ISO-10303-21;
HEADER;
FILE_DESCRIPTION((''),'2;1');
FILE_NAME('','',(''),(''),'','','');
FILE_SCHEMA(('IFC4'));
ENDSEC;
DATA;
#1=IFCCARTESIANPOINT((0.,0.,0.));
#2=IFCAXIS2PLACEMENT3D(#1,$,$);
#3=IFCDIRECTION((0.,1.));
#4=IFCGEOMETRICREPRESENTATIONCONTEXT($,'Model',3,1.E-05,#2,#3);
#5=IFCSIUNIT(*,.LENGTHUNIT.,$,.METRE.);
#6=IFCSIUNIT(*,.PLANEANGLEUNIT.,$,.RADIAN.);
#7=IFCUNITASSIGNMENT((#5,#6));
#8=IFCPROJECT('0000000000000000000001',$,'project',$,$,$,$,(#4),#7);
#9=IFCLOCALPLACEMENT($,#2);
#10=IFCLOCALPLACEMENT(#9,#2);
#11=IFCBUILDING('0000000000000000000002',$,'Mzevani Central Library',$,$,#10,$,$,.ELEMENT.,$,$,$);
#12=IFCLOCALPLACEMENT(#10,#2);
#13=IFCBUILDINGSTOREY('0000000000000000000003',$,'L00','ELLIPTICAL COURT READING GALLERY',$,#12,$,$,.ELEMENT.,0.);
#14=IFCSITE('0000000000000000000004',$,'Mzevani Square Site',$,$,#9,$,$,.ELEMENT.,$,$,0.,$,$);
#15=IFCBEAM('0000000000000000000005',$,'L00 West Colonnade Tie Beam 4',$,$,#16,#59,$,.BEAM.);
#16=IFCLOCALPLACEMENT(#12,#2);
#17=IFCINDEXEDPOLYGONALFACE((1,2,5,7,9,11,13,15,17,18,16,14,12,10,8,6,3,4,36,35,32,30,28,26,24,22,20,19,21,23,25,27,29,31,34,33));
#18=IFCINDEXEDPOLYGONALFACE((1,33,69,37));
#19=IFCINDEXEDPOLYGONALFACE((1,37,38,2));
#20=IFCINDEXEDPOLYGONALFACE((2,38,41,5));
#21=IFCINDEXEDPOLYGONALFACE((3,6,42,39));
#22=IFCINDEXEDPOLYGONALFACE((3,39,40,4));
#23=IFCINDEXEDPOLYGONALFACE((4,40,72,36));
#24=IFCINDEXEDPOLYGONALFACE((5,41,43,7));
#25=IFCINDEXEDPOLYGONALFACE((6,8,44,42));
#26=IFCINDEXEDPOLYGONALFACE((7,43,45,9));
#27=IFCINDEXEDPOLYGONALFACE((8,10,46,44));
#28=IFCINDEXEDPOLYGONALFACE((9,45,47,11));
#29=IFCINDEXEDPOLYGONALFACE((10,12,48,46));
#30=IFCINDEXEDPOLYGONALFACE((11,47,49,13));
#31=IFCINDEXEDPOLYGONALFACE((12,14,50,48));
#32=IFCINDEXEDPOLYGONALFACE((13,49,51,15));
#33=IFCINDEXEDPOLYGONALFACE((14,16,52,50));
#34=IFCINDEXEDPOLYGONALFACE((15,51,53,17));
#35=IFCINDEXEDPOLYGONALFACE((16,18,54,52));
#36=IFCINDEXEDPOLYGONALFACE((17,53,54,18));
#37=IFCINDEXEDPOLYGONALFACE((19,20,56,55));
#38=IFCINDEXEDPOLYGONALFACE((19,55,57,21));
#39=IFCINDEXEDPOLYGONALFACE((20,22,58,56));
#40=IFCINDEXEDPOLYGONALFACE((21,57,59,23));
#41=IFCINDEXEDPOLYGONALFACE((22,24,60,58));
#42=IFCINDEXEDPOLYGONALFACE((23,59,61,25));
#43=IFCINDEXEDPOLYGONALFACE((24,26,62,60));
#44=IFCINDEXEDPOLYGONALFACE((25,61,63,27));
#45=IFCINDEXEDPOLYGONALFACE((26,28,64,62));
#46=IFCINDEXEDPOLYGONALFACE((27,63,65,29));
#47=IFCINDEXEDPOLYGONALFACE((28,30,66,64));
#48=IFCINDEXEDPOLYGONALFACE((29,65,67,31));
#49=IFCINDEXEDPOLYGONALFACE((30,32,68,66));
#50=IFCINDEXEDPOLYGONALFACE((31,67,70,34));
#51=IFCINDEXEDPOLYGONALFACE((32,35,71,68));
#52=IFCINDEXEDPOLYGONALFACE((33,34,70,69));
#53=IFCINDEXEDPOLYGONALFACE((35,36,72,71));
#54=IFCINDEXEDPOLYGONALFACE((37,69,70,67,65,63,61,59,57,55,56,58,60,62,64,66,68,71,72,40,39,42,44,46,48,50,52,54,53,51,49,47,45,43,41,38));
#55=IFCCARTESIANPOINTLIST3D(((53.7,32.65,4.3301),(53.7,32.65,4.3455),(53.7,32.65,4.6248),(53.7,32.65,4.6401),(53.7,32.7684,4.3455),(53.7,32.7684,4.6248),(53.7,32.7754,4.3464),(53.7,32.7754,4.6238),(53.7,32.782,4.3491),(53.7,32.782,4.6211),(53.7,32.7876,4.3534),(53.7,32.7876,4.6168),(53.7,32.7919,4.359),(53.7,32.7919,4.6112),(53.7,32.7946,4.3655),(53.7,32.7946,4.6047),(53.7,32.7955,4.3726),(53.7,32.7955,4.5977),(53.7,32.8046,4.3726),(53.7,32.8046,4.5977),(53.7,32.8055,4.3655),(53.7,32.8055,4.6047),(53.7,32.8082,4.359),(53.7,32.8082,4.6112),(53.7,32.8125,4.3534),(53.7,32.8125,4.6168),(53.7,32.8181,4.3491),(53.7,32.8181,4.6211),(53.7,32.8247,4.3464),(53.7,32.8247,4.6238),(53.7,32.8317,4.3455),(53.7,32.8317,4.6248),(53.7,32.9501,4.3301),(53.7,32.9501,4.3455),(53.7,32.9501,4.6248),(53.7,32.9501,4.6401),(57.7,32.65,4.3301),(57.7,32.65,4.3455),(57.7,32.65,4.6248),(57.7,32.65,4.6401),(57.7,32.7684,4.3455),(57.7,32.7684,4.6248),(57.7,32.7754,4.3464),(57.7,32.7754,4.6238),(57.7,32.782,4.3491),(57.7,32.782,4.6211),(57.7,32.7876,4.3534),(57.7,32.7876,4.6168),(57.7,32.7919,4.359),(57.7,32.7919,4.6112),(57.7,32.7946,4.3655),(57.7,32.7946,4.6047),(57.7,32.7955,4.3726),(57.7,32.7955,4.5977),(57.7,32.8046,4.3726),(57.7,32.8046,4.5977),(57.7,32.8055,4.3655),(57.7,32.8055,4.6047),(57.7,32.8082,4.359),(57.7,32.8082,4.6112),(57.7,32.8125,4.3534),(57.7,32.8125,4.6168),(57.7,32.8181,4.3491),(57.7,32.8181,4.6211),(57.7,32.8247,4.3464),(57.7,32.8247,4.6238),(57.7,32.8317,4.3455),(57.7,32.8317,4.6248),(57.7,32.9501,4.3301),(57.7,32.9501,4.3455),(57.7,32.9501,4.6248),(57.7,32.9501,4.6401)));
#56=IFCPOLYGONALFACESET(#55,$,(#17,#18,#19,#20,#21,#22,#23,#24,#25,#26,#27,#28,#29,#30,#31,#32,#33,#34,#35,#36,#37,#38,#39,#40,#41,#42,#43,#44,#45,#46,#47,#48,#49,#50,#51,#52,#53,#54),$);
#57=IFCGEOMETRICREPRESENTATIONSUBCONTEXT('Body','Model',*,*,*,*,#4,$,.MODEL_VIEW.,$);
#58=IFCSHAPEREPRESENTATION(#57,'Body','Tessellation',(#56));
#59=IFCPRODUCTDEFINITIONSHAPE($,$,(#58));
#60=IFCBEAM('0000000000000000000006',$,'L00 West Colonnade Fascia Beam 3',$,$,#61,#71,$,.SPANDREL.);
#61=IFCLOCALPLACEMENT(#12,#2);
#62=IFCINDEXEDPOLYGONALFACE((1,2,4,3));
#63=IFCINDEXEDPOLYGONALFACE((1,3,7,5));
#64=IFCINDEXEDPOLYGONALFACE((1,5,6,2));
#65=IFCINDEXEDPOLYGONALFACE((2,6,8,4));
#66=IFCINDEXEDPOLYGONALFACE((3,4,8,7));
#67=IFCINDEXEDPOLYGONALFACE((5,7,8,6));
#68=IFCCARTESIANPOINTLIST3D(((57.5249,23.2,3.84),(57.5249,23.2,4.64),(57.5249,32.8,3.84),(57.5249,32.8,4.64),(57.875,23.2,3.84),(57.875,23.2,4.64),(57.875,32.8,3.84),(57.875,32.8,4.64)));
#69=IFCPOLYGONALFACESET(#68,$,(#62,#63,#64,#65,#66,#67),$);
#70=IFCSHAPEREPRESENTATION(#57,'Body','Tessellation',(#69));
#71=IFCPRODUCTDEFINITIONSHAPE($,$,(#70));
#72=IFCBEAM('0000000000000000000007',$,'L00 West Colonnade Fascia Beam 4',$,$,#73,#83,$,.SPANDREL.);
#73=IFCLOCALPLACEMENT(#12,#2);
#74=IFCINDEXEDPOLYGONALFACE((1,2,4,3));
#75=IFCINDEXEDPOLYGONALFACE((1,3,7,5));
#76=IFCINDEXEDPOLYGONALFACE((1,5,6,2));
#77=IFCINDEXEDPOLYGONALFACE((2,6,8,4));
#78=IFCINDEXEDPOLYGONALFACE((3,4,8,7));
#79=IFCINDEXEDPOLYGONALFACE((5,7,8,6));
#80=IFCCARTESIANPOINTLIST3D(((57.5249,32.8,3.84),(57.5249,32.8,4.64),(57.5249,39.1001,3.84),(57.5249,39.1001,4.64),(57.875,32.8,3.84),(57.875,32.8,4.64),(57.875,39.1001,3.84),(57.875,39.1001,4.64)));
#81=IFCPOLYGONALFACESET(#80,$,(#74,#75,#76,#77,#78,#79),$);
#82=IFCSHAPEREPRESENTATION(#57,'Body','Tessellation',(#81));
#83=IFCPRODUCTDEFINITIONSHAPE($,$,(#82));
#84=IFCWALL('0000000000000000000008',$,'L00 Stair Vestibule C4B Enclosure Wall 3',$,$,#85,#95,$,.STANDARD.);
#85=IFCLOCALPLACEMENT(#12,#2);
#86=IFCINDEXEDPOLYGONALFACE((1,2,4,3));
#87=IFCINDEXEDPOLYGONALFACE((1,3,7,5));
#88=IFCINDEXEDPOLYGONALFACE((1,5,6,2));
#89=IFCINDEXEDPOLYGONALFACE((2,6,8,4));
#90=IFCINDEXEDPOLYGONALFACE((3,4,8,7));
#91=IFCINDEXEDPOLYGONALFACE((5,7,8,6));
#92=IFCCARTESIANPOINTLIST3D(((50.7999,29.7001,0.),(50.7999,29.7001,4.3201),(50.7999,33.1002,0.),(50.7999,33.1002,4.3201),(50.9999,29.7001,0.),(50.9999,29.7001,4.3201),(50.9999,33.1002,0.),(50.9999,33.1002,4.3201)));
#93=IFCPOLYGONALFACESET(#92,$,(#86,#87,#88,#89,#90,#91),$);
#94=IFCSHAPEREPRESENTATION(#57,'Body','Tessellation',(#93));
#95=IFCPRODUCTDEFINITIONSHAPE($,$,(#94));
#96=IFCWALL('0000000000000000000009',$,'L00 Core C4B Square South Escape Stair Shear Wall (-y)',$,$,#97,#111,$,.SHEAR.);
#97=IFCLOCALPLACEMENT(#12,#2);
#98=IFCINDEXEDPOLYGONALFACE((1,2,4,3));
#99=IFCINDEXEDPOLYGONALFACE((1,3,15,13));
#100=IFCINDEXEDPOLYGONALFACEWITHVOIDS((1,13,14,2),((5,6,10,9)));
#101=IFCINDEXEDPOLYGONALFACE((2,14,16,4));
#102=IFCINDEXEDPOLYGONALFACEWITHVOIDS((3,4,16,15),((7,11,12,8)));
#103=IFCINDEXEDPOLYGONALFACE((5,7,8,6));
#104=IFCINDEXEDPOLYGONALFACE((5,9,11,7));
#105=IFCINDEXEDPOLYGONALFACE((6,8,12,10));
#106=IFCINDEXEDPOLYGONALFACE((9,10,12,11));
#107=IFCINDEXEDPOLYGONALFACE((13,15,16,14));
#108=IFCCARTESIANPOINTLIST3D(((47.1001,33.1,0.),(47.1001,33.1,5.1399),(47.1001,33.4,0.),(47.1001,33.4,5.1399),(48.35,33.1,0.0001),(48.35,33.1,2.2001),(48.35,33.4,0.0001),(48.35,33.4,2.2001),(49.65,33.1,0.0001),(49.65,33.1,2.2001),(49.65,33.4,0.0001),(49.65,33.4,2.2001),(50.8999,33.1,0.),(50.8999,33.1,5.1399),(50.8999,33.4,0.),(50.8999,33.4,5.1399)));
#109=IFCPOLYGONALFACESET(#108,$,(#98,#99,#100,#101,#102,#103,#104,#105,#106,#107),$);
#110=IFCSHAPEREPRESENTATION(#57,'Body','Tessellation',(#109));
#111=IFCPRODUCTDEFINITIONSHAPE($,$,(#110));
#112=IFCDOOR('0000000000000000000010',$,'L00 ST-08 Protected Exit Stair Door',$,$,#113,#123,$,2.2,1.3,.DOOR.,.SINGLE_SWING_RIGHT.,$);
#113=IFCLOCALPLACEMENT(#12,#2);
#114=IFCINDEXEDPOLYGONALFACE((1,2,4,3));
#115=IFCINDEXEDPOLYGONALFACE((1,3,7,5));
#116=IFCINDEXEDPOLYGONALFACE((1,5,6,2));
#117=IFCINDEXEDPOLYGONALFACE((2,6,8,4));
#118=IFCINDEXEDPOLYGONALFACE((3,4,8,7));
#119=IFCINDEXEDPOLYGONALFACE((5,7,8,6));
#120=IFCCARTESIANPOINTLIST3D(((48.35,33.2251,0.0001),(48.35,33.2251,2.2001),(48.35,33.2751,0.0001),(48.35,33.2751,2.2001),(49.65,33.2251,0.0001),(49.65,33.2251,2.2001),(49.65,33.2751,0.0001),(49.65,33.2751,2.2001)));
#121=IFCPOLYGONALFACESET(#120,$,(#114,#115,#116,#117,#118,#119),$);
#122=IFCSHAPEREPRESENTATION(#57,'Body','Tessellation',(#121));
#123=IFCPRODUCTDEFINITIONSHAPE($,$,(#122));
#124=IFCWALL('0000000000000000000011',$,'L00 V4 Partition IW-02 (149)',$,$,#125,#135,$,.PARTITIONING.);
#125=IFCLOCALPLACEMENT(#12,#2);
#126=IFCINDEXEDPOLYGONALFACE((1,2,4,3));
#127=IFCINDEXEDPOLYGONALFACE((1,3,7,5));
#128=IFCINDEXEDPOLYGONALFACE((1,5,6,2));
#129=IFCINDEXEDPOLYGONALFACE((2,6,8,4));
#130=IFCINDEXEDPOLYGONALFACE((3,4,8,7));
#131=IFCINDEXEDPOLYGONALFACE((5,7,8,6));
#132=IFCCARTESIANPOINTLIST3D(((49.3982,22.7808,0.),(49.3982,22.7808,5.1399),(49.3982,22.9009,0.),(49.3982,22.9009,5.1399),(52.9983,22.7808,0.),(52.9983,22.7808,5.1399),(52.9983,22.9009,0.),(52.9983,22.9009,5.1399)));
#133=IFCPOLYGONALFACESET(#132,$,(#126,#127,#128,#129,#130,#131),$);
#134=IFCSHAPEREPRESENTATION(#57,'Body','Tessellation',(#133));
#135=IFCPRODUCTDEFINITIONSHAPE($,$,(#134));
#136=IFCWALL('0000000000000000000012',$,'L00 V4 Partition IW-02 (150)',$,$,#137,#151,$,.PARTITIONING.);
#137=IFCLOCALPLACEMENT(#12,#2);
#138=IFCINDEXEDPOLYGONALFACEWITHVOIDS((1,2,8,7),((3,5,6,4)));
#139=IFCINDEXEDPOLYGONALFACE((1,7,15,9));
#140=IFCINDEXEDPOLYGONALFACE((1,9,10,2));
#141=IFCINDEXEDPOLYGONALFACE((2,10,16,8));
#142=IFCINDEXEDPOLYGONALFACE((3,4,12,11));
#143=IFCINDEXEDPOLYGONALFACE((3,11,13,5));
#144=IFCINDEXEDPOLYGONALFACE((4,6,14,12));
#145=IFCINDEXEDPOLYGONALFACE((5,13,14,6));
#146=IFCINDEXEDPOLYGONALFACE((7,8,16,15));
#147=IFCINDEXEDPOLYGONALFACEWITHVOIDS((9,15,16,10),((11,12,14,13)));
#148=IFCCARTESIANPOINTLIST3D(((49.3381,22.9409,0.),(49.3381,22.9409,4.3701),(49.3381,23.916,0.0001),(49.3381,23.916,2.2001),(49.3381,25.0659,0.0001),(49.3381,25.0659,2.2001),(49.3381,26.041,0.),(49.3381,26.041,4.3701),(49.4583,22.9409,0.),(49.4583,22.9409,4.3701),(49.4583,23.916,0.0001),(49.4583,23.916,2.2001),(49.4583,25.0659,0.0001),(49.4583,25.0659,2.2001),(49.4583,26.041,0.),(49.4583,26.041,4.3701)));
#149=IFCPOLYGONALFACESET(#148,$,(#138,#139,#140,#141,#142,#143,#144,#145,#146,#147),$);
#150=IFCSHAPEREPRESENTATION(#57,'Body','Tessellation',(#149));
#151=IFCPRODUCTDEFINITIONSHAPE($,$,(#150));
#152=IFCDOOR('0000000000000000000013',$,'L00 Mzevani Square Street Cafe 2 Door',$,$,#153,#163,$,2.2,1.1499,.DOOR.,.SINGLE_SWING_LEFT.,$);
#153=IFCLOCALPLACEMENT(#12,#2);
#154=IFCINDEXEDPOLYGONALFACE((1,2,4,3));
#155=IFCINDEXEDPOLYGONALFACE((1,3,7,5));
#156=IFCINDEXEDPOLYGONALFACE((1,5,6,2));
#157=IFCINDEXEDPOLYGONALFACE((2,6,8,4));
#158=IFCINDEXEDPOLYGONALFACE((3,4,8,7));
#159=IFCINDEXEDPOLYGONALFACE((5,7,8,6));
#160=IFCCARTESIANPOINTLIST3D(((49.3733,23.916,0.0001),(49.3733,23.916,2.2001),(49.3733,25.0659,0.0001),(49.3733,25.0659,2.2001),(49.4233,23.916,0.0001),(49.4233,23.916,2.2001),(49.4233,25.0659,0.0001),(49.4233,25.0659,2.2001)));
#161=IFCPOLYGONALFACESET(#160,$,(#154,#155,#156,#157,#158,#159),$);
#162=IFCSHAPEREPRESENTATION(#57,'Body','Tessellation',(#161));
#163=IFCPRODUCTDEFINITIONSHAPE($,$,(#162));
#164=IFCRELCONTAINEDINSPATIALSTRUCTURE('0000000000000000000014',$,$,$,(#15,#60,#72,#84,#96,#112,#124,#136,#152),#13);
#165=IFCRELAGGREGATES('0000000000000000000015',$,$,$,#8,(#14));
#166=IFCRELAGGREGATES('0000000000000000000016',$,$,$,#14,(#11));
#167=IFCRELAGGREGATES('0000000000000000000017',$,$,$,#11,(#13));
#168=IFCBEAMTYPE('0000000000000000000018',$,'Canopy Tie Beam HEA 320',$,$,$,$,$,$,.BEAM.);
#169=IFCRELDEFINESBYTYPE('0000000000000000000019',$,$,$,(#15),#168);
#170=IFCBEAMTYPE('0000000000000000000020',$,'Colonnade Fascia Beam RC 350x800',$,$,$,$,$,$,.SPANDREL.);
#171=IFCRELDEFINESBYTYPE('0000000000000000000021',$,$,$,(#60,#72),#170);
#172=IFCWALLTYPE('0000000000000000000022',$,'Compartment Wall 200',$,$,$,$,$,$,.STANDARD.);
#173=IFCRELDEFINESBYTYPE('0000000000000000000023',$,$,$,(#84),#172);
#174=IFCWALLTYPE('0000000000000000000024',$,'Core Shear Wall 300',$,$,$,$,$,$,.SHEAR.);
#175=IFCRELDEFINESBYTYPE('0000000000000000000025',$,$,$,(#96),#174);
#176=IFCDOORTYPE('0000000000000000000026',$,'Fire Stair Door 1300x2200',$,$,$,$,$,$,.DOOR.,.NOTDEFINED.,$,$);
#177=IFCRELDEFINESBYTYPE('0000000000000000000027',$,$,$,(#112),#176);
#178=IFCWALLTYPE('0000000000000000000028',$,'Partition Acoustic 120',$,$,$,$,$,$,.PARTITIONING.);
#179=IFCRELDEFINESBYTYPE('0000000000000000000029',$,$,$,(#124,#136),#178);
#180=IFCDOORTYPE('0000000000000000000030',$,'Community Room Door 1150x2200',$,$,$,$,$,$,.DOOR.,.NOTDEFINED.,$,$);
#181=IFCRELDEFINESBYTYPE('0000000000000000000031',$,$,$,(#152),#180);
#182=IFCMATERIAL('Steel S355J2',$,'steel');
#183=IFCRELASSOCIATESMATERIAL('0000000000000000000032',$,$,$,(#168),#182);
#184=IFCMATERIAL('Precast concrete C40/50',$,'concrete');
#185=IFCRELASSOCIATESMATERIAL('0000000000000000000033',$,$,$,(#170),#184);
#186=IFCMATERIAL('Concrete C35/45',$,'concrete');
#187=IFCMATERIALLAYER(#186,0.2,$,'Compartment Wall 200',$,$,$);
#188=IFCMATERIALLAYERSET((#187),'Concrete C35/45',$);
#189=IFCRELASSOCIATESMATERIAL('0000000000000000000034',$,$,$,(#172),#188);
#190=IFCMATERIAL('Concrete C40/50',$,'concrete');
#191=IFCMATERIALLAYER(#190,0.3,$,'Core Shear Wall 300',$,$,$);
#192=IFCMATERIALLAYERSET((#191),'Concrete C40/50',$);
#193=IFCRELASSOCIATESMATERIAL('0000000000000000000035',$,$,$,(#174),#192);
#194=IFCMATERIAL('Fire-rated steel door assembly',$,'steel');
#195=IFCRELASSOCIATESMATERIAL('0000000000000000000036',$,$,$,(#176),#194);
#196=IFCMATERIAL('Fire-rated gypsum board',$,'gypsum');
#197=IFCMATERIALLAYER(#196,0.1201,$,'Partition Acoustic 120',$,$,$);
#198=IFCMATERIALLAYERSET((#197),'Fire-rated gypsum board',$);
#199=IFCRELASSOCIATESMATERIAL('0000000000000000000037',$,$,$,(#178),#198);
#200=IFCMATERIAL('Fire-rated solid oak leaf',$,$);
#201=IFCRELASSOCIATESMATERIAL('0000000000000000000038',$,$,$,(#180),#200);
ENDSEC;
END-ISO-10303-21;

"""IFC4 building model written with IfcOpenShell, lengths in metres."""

from ifc_helpers import new_model, si_unit, direction, frame, frame_2d, origin, origin_2d, place, context, subcontext, project, spatial, rectangle, i_section, extrude, material, layer, layer_set, material_profile, profile_set, type_object, element, fill, save


model = new_model("IFC4")

# Units and contexts
model_context = context("Model", 3, precision=1e-05, world=origin(), true_north=direction((0.0, 1.0)))
body_context = subcontext(model_context, "Body", "Model", "MODEL_VIEW")
ifc_project = project(units=[si_unit("LENGTHUNIT", "METRE"), si_unit("PLANEANGLEUNIT", "RADIAN")], contexts=[model_context])

# Site, building, storey
site_placement = place(None, origin())
site = spatial("IfcSite", under=ifc_project, at=site_placement, Name="Mzevani Square Site", CompositionType="ELEMENT", RefElevation=0.0)
building_placement = place(site_placement, origin())
building = spatial("IfcBuilding", under=site, at=building_placement, Name="Mzevani Central Library", CompositionType="ELEMENT")
storey_placement = place(building_placement, origin())
storey = spatial("IfcBuildingStorey", under=building, at=storey_placement, Name="L00", Description="ELLIPTICAL COURT READING GALLERY", CompositionType="ELEMENT", Elevation=0.0)

# Shared definitions
ifc_material_1 = material(Name="Precast concrete C40/50", Category="concrete")
ifc_material_2 = material(Name="Concrete C40/50", Category="concrete")

# Shared definitions
ifc_material_3 = material(Name="Concrete C35/45", Category="concrete")

# Shared definitions
ifc_material_4 = material(Name="Steel S355J2", Category="steel")

# Beams
ifc_material_profile_1 = material_profile(ifc_material_4, i_section(OverallWidth=0.3, OverallDepth=0.3101, WebThickness=0.009, FlangeThickness=0.0154, FilletRadius=0.0271, at=origin_2d()), Name="HEA 320")
ifc_profile_set_1 = profile_set([ifc_material_profile_1], Name="Steel S355J2")
beam_type_1 = type_object("IfcBeamType", Name="Canopy Tie Beam HEA 320", PredefinedType="BEAM", material=ifc_profile_set_1)
for number, where, z_axis, x_axis, name in (
    (1, (53.7, 32.8, 4.4851), (1.0, 0.0, 0.0), (0.0, 1.0, 0.0), "L00 West Colonnade Tie Beam 4"),
):
    element("IfcBeam", number, at=place(storey_placement, frame(where, z_axis=z_axis, x_axis=x_axis)), inside=storey, type_object=beam_type_1, Name=name, PredefinedType="BEAM", context=body_context, shape_type="SweptSolid", body=[
        extrude(i_section(OverallWidth=0.3, OverallDepth=0.3101, WebThickness=0.009, FlangeThickness=0.0154, FilletRadius=0.0271, at=origin_2d()), origin(), (0.0, 0.0, 1.0), 4.0),
    ])
ifc_material_profile_2 = material_profile(ifc_material_1, rectangle(XDim=0.3501, YDim=0.8, at=origin_2d()), Name="RC SP350x800")
ifc_profile_set_2 = profile_set([ifc_material_profile_2], Name="Precast concrete C40/50")
beam_type_2 = type_object("IfcBeamType", Name="Colonnade Fascia Beam RC 350x800", PredefinedType="SPANDREL", material=ifc_profile_set_2)
beam_1_placement = place(storey_placement, frame((57.7, 23.2, 4.24), z_axis=(0.0, 1.0, 0.0), x_axis=(-1.0, 0.0, 0.0)))
element("IfcBeam", 2, at=beam_1_placement, inside=storey, type_object=beam_type_2, Name="L00 West Colonnade Fascia Beam 3", PredefinedType="SPANDREL", context=body_context, shape_type="SweptSolid", body=[
    extrude(rectangle(XDim=0.3501, YDim=0.8, at=origin_2d()), origin(), (0.0, 0.0, 1.0), 9.6001),
])
beam_2_placement = place(storey_placement, frame((57.7, 32.8, 4.24), z_axis=(0.0, 1.0, 0.0), x_axis=(-1.0, 0.0, 0.0)))
element("IfcBeam", 3, at=beam_2_placement, inside=storey, type_object=beam_type_2, Name="L00 West Colonnade Fascia Beam 4", PredefinedType="SPANDREL", context=body_context, shape_type="SweptSolid", body=[
    extrude(rectangle(XDim=0.3501, YDim=0.8, at=origin_2d()), origin(), (0.0, 0.0, 1.0), 6.3),
])

# Wall
ifc_layer_1 = layer(ifc_material_3, 0.2, Name="Compartment Wall 200")
ifc_layer_set_1 = layer_set([ifc_layer_1], Name="Concrete C35/45")
wall_type_1 = type_object("IfcWallType", Name="Compartment Wall 200", PredefinedType="STANDARD", material=ifc_layer_set_1)
wall_1_placement = place(storey_placement, frame((50.8999, 29.7, 0.0), z_axis=(0.0, 0.0, 1.0), x_axis=(0.0, 1.0, 0.0)))
element("IfcWall", 4, at=wall_1_placement, inside=storey, type_object=wall_type_1, Name="L00 Stair Vestibule C4B Enclosure Wall 3", PredefinedType="STANDARD", context=body_context, shape_type="SweptSolid", body=[
    extrude(rectangle(XDim=3.4001, YDim=0.2, at=frame_2d((1.7002, 0.0))), origin(), (0.0, 0.0, 1.0), 4.3201),
])

# Wall, opening, door
ifc_layer_2 = layer(ifc_material_2, 0.3, Name="Core Shear Wall 300")
ifc_layer_set_2 = layer_set([ifc_layer_2], Name="Concrete C40/50")
wall_type_2 = type_object("IfcWallType", Name="Core Shear Wall 300", PredefinedType="SHEAR", material=ifc_layer_set_2)
wall_2_placement = place(storey_placement, frame((50.8999, 33.25, 0.0), z_axis=(0.0, 0.0, 1.0), x_axis=(-1.0, 0.0, 0.0)))
wall_2 = element("IfcWall", 5, at=wall_2_placement, inside=storey, type_object=wall_type_2, Name="L00 Core C4B Square South Escape Stair Shear Wall (-y)", PredefinedType="SHEAR", context=body_context, shape_type="SweptSolid", body=[
    extrude(rectangle(XDim=3.7998, YDim=0.3, at=frame_2d((1.8999, 0.0))), origin(), (0.0, 0.0, 1.0), 5.1399),
])
opening_1_placement = place(wall_2_placement, frame((1.25, 0.0, 0.0)))
opening_1 = element("IfcOpeningElement", 6, at=opening_1_placement, cuts=wall_2, PredefinedType="OPENING", context=body_context, shape_type="SweptSolid", body=[
    extrude(rectangle(XDim=1.3, YDim=2.2, at=frame_2d((0.6499, 1.1001))), frame((0.0, 0.1602, 0.0), z_axis=(0.0, -1.0, 0.0), x_axis=(1.0, 0.0, 0.0)), (0.0, 0.0, 1.0), 0.3201),
])
ifc_material_5 = material(Name="Fire-rated steel door assembly", Category="steel")
door_type_1 = type_object("IfcDoorType", Name="Fire Stair Door 1300x2200", OperationType="NOTDEFINED", PredefinedType="DOOR", material=ifc_material_5)
door_1_placement = place(opening_1_placement, origin())
door_1 = element("IfcDoor", 7, at=door_1_placement, inside=storey, type_object=door_type_1, Name="L00 ST-08 Protected Exit Stair Door", OperationType="SINGLE_SWING_RIGHT", OverallHeight=2.2, OverallWidth=1.3, PredefinedType="DOOR", context=body_context, shape_type="SweptSolid", body=[
    extrude(rectangle(XDim=1.3, YDim=2.2, at=frame_2d((0.6499, 1.1001))), frame((0.0, 0.0249, 0.0), z_axis=(0.0, -1.0, 0.0), x_axis=(1.0, 0.0, 0.0)), (0.0, 0.0, 1.0), 0.05),
])
fill(opening_1, door_1)

# Wall
ifc_material_6 = material(Name="Fire-rated gypsum board", Category="gypsum")
ifc_layer_3 = layer(ifc_material_6, 0.1201, Name="Partition Acoustic 120")
ifc_layer_set_3 = layer_set([ifc_layer_3], Name="Fire-rated gypsum board")
wall_type_3 = type_object("IfcWallType", Name="Partition Acoustic 120", PredefinedType="PARTITIONING", material=ifc_layer_set_3)
wall_3_placement = place(storey_placement, frame((52.9983, 22.8408, 0.0), z_axis=(0.0, 0.0, 1.0), x_axis=(-1.0, 0.0, 0.0)))
element("IfcWall", 8, at=wall_3_placement, inside=storey, type_object=wall_type_3, Name="L00 V4 Partition IW-02 (149)", PredefinedType="PARTITIONING", context=body_context, shape_type="SweptSolid", body=[
    extrude(rectangle(XDim=3.6001, YDim=0.1201, at=frame_2d((1.8, 0.0))), origin(), (0.0, 0.0, 1.0), 5.1399),
])

# Wall, opening, door
wall_4_placement = place(storey_placement, frame((49.3982, 22.9409, 0.0), z_axis=(0.0, 0.0, 1.0), x_axis=(0.0, 1.0, 0.0)))
wall_4 = element("IfcWall", 9, at=wall_4_placement, inside=storey, type_object=wall_type_3, Name="L00 V4 Partition IW-02 (150)", PredefinedType="PARTITIONING", context=body_context, shape_type="SweptSolid", body=[
    extrude(rectangle(XDim=3.1001, YDim=0.1201, at=frame_2d((1.55, 0.0))), origin(), (0.0, 0.0, 1.0), 4.3701),
])
opening_2_placement = place(wall_4_placement, frame((0.9751, 0.0, 0.0)))
opening_2 = element("IfcOpeningElement", 10, at=opening_2_placement, cuts=wall_4, PredefinedType="OPENING", context=body_context, shape_type="SweptSolid", body=[
    extrude(rectangle(XDim=1.1499, YDim=2.2, at=frame_2d((0.575, 1.1001))), frame((0.0, 0.0701, 0.0), z_axis=(0.0, -1.0, 0.0), x_axis=(1.0, 0.0, 0.0)), (0.0, 0.0, 1.0), 0.1401),
])
ifc_material_7 = material(Name="Fire-rated solid oak leaf")
door_type_2 = type_object("IfcDoorType", Name="Community Room Door 1150x2200", OperationType="NOTDEFINED", PredefinedType="DOOR", material=ifc_material_7)
door_2_placement = place(opening_2_placement, origin())
door_2 = element("IfcDoor", 11, at=door_2_placement, inside=storey, type_object=door_type_2, Name="L00 Mzevani Square Street Cafe 2 Door", OperationType="SINGLE_SWING_LEFT", OverallHeight=2.2, OverallWidth=1.1499, PredefinedType="DOOR", context=body_context, shape_type="SweptSolid", body=[
    extrude(rectangle(XDim=1.1499, YDim=2.2, at=frame_2d((0.575, 1.1001))), frame((0.0, 0.0249, 0.0), z_axis=(0.0, -1.0, 0.0), x_axis=(1.0, 0.0, 0.0)), (0.0, 0.0, 1.0), 0.05),
])
fill(opening_2, door_2)

save(model, "model.ifc")
